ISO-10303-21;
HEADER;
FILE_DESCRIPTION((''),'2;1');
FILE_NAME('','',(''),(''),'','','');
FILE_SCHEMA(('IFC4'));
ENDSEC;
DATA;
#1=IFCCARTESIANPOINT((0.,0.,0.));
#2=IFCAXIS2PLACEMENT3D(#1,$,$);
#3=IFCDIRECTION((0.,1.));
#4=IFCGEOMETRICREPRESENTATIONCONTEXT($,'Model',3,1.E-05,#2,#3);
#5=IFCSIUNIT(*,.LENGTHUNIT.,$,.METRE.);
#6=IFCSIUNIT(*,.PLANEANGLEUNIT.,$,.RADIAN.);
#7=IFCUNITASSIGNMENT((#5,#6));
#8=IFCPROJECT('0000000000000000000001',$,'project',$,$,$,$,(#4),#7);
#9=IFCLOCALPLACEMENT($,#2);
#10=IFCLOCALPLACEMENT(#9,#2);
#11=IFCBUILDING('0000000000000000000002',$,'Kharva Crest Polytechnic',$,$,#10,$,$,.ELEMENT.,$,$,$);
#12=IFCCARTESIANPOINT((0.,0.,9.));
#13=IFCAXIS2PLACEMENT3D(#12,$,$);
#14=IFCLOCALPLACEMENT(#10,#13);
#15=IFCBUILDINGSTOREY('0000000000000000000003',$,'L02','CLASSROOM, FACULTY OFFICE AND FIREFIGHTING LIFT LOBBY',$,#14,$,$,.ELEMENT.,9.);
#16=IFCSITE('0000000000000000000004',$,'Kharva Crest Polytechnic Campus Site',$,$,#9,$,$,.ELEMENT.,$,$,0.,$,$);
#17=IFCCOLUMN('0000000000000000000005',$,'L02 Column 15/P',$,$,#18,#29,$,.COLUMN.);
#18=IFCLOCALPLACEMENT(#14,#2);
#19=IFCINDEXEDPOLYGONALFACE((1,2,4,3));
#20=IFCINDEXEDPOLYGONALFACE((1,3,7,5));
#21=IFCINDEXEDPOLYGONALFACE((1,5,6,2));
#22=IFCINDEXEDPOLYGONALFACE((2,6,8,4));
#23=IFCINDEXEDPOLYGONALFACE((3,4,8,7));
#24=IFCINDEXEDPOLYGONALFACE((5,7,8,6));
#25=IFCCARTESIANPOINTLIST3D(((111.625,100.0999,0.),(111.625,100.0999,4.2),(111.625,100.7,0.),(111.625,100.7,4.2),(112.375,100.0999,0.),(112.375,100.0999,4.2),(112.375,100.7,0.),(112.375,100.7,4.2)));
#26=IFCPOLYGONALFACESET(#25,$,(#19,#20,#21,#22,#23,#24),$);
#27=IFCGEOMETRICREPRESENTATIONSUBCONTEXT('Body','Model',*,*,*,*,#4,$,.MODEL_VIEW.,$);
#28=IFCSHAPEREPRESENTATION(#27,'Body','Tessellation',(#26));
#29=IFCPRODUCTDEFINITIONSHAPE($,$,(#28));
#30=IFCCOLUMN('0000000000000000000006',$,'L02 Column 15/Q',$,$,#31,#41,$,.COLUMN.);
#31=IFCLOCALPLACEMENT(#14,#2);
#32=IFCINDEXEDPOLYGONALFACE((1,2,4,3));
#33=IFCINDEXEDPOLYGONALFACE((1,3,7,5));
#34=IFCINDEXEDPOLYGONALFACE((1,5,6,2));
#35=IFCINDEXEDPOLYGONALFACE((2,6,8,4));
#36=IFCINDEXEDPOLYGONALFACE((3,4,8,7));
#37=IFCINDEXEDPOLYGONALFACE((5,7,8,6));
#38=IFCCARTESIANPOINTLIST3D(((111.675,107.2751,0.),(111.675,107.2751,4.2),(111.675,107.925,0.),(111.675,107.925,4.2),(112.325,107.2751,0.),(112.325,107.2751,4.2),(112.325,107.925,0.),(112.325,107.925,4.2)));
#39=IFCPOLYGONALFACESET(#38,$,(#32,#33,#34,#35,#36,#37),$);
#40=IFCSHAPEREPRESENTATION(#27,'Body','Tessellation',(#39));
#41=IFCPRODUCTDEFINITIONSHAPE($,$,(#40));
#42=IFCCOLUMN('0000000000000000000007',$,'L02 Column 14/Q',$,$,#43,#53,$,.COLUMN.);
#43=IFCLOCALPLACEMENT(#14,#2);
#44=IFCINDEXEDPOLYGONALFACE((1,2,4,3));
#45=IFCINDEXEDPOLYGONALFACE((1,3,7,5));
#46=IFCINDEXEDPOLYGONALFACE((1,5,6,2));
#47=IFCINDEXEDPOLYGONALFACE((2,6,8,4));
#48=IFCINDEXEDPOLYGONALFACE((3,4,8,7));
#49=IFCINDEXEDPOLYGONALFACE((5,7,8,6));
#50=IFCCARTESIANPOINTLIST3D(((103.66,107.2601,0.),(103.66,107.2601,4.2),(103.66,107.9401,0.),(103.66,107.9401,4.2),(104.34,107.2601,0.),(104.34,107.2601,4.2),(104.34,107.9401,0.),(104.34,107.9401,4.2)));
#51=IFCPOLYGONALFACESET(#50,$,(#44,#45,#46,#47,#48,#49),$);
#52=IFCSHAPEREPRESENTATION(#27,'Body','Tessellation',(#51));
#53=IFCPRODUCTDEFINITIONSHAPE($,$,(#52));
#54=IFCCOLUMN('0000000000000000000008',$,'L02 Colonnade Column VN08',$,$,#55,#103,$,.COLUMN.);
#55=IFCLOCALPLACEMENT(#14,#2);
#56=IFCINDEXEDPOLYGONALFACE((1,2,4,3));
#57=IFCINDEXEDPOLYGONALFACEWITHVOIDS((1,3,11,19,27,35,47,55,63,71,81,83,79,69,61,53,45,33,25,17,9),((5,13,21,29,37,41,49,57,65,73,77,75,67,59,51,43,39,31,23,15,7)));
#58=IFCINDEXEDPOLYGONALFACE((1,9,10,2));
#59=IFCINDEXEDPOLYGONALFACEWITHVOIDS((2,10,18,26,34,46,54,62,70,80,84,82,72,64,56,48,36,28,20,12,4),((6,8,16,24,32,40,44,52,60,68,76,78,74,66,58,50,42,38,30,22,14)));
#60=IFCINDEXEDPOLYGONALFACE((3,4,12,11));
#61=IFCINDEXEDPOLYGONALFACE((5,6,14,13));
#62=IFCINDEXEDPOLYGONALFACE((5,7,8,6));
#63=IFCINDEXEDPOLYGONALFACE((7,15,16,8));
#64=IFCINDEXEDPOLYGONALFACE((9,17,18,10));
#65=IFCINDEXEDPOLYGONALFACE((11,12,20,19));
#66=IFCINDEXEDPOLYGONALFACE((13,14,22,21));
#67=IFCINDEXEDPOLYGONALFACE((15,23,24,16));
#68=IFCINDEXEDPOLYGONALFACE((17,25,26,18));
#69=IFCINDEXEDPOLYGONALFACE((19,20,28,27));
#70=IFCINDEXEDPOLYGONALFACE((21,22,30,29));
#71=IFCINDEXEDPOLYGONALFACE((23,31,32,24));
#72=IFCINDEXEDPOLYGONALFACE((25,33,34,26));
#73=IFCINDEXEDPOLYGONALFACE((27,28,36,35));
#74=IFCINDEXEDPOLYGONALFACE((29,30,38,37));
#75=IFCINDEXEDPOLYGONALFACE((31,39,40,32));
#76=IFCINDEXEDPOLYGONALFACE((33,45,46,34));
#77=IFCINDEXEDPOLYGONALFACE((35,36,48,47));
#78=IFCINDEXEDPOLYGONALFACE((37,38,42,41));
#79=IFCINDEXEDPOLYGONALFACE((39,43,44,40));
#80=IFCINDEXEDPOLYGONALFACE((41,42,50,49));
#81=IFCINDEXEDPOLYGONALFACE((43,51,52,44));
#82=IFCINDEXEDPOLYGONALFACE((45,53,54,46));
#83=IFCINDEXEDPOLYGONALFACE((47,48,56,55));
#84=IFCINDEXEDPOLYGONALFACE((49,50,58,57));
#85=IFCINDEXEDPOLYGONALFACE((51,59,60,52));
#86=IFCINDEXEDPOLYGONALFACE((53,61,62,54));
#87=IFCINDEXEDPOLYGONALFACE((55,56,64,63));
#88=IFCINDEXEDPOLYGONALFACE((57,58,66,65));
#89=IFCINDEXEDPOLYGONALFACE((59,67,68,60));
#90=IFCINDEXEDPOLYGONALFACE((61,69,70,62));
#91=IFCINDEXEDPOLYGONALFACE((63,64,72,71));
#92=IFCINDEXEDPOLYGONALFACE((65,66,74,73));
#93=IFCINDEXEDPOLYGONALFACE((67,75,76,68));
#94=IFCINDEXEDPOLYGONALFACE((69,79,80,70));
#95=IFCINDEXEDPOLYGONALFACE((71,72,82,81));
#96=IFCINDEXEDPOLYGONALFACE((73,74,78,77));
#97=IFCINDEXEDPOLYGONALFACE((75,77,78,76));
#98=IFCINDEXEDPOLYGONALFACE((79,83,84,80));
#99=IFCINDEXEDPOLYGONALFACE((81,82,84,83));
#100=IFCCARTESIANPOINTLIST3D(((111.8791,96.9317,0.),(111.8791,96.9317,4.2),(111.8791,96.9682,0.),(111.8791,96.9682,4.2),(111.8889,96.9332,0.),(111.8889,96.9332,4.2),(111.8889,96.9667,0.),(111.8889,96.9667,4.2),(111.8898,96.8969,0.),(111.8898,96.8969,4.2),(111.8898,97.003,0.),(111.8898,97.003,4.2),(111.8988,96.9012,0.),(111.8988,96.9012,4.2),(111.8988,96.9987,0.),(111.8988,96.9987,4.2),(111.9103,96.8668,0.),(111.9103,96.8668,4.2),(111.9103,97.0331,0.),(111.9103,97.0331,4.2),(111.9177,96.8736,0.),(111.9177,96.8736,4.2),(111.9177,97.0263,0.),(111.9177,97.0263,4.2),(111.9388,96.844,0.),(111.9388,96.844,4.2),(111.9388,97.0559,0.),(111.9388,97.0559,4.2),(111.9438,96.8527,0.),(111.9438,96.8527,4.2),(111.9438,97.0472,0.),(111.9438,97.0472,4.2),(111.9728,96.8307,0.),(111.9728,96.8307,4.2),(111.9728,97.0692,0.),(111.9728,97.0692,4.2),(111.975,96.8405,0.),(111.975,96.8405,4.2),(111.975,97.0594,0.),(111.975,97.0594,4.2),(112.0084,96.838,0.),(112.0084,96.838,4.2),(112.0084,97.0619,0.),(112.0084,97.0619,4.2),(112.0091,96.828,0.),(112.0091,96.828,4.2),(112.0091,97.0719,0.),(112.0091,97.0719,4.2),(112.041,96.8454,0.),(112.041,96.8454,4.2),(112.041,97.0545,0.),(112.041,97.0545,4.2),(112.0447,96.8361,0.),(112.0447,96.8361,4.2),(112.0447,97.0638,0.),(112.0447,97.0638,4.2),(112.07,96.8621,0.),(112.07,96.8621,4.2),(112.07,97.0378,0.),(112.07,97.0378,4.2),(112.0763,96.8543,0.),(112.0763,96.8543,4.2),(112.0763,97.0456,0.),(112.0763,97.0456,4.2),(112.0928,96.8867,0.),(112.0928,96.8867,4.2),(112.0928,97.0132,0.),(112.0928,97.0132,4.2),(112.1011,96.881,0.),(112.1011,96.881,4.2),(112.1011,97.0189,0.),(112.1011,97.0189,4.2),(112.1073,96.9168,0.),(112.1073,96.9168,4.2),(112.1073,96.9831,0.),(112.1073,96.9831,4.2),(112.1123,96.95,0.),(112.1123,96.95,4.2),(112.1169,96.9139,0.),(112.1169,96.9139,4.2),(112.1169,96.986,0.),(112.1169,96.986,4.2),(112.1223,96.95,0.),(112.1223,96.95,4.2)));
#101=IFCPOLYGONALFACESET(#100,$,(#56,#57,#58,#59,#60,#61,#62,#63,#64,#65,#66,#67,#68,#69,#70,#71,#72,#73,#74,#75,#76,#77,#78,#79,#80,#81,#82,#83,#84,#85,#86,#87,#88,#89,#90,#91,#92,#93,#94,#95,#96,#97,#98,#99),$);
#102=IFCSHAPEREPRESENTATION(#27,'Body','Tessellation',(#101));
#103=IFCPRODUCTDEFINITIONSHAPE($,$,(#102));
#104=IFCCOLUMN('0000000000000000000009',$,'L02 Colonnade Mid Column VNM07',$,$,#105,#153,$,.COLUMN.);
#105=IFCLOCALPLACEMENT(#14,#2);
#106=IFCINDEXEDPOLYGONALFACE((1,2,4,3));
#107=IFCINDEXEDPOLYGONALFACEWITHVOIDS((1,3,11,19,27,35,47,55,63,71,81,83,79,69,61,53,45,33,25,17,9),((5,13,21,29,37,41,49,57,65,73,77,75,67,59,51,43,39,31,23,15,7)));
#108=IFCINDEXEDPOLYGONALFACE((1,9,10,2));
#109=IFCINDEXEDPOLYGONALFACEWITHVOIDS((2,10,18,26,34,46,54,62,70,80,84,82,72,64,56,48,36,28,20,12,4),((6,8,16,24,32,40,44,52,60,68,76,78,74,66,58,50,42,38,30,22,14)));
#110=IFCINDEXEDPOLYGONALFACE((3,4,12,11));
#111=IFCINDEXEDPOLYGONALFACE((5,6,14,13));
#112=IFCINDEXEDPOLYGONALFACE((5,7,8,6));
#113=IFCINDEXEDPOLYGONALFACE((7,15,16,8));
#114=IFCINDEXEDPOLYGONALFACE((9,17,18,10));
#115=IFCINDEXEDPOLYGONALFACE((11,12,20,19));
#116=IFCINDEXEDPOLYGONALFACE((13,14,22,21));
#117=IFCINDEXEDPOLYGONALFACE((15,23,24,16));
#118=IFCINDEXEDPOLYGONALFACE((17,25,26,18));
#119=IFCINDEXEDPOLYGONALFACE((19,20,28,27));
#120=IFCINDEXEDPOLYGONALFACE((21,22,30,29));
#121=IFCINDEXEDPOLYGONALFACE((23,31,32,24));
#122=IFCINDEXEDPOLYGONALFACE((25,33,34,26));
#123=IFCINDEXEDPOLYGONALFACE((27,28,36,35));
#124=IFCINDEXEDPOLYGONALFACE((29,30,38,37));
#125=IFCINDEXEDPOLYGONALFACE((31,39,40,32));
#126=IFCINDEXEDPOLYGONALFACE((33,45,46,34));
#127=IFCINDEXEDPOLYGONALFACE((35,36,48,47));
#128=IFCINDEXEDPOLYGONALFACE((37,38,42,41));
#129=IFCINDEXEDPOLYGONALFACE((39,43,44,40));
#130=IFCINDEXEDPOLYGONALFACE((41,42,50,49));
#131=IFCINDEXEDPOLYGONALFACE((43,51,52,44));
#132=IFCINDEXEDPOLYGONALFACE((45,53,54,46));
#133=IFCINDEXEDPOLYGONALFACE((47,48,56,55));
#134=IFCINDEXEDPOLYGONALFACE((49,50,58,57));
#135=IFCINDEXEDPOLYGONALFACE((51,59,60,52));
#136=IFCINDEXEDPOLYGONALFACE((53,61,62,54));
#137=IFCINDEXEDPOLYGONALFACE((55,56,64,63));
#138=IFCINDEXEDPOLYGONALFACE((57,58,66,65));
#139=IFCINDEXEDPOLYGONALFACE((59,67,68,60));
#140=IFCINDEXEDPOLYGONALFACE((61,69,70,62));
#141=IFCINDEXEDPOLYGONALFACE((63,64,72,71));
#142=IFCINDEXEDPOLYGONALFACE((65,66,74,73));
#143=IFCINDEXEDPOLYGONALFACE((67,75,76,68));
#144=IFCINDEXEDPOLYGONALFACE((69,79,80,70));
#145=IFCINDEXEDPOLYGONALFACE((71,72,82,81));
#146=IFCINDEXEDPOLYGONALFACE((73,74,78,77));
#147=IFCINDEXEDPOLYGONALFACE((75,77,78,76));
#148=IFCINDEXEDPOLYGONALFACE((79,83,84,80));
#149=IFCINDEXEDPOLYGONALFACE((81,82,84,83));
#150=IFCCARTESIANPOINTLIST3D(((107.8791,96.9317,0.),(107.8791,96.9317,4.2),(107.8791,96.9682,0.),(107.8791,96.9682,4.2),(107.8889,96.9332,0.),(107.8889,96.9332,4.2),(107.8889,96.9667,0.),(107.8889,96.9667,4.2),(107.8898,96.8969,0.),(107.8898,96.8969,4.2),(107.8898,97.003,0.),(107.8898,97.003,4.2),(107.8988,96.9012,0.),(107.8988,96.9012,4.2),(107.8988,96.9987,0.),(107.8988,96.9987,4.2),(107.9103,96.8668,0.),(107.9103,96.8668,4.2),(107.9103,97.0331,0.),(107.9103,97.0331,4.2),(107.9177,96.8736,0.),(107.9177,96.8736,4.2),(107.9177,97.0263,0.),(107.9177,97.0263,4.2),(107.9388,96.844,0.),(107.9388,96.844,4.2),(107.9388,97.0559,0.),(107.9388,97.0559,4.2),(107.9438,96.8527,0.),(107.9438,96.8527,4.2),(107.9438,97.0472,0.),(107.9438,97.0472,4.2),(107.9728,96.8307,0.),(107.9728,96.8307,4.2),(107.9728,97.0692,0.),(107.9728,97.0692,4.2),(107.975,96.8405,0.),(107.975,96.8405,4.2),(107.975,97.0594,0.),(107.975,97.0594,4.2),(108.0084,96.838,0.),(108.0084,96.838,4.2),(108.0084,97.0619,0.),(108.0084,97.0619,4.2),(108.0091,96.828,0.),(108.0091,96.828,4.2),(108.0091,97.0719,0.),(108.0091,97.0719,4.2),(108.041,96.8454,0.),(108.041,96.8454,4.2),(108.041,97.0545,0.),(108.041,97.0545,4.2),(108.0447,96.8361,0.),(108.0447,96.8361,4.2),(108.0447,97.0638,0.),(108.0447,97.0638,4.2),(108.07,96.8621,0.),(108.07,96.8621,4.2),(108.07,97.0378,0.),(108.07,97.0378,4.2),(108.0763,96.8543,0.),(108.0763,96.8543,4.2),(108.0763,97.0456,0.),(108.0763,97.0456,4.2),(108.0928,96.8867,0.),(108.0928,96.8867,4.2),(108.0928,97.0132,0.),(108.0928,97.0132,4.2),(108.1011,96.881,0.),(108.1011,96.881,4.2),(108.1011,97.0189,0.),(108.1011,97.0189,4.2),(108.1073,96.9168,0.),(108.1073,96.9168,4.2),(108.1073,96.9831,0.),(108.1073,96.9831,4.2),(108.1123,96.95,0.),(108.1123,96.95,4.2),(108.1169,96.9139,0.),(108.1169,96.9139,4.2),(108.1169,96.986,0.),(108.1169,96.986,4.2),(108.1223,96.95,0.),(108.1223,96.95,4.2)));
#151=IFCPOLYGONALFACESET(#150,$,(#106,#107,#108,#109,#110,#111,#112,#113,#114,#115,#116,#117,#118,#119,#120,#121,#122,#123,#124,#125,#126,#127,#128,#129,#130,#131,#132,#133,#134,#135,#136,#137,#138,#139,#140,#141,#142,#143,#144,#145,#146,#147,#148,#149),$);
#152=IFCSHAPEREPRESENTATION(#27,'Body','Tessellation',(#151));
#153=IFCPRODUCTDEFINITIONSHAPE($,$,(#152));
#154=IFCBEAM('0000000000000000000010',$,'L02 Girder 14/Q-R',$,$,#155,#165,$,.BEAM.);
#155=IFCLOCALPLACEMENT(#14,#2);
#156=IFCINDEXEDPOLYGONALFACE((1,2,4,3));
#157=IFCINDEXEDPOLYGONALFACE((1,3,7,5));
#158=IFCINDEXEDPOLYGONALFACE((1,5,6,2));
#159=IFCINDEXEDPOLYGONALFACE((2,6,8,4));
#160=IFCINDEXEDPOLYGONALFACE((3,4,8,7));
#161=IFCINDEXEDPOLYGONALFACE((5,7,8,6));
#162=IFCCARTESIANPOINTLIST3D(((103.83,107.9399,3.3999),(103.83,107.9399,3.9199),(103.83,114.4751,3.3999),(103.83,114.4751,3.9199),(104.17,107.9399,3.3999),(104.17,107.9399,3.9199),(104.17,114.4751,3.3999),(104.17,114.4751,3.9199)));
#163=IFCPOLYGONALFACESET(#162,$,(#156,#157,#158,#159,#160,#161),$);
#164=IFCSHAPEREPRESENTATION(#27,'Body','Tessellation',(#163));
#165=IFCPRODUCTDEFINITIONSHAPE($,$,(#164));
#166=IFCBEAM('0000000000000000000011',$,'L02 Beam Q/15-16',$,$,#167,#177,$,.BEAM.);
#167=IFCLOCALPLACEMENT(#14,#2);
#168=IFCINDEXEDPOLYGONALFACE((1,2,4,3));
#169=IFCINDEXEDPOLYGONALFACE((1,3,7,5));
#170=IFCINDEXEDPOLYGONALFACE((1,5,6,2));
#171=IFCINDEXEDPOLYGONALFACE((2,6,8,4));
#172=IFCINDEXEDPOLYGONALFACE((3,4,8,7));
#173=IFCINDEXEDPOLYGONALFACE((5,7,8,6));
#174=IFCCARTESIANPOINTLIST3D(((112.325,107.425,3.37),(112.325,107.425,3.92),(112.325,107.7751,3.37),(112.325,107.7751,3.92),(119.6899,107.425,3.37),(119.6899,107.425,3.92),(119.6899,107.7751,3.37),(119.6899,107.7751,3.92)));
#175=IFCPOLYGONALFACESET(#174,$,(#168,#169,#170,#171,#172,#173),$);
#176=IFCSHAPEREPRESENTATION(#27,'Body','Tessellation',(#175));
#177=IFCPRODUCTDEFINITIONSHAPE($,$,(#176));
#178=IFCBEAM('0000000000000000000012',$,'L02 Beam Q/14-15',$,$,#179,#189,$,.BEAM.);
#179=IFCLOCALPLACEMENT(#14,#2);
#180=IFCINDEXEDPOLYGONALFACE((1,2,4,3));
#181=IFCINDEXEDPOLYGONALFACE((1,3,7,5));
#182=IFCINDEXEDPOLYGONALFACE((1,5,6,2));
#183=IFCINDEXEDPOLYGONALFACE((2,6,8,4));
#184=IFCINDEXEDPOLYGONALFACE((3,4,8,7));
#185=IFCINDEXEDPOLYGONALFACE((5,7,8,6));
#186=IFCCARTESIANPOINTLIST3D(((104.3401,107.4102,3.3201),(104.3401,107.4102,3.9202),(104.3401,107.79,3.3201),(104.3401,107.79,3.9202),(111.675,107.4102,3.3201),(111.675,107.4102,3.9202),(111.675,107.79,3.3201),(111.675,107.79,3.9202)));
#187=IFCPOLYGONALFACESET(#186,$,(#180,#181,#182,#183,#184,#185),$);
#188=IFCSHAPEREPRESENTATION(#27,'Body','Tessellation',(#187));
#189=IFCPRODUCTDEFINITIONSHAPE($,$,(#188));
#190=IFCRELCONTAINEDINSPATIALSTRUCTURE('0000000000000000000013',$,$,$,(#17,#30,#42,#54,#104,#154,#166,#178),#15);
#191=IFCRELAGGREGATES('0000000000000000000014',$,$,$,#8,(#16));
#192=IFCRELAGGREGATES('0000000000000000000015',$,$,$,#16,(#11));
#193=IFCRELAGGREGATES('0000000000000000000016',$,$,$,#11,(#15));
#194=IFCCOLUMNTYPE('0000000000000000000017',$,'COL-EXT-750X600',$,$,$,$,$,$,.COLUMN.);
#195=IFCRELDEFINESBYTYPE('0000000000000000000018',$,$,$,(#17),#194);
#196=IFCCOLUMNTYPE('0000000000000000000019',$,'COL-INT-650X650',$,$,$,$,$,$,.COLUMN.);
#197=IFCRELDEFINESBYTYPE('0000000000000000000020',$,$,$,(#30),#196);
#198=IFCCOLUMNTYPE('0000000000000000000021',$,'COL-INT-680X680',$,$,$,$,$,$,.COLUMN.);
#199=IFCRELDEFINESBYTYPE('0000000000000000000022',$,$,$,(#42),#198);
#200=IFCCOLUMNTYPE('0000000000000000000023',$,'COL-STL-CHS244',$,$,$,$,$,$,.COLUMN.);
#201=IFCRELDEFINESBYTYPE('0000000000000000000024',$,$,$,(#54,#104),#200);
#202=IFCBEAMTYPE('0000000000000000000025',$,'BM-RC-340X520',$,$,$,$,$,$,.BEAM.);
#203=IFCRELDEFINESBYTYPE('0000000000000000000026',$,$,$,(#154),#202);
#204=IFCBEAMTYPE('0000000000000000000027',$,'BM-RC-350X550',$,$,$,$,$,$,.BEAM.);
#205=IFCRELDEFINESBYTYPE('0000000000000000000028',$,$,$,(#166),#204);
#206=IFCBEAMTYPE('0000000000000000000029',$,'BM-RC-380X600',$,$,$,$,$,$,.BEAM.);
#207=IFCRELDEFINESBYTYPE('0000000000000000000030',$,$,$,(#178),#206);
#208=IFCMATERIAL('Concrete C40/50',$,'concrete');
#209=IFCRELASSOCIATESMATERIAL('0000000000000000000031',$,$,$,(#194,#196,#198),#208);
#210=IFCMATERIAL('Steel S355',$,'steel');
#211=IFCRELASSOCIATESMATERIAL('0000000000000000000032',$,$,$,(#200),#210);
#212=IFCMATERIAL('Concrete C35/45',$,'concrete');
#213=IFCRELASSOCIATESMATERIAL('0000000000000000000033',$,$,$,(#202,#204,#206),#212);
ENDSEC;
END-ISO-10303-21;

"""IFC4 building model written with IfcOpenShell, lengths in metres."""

from ifc_helpers import new_model, si_unit, direction, frame, origin, origin_2d, place, context, subcontext, project, spatial, rectangle, hollow_circle, extrude, material, material_profile, profile_set, type_object, element, save


model = new_model("IFC4")

# Units and contexts
model_context = context("Model", 3, precision=1e-05, world=origin(), true_north=direction((0.0, 1.0)))
body_context = subcontext(model_context, "Body", "Model", "MODEL_VIEW")
ifc_project = project(units=[si_unit("LENGTHUNIT", "METRE"), si_unit("PLANEANGLEUNIT", "RADIAN")], contexts=[model_context])

# Site, building, storey
site_placement = place(None, origin())
site = spatial("IfcSite", under=ifc_project, at=site_placement, Name="Kharva Crest Polytechnic Campus Site", CompositionType="ELEMENT", RefElevation=0.0)
building_placement = place(site_placement, origin())
building = spatial("IfcBuilding", under=site, at=building_placement, Name="Kharva Crest Polytechnic", CompositionType="ELEMENT")
storey_placement = place(building_placement, frame((0.0, 0.0, 9.0)))
storey = spatial("IfcBuildingStorey", under=building, at=storey_placement, Name="L02", Description="CLASSROOM, FACULTY OFFICE AND FIREFIGHTING LIFT LOBBY", CompositionType="ELEMENT", Elevation=9.0)

# Columns
ifc_material_1 = material(Name="Concrete C40/50", Category="concrete")
ifc_material_profile_1 = material_profile(ifc_material_1, rectangle(XDim=0.75, YDim=0.6001, at=origin_2d()), Name="RECT 750 X 600")
ifc_profile_set_1 = profile_set([ifc_material_profile_1], Name="Concrete C40/50")
column_type_1 = type_object("IfcColumnType", Name="COL-EXT-750X600", PredefinedType="COLUMN", material=ifc_profile_set_1)
column_1_placement = place(storey_placement, frame((112.0, 100.3999, 0.0), z_axis=(0.0, 0.0, 1.0), x_axis=(1.0, 0.0, 0.0)))
element("IfcColumn", 1, at=column_1_placement, inside=storey, type_object=column_type_1, Name="L02 Column 15/P", PredefinedType="COLUMN", context=body_context, shape_type="SweptSolid", body=[
    extrude(rectangle(XDim=0.75, YDim=0.6001, at=origin_2d()), origin(), (0.0, 0.0, 1.0), 4.2),
])
ifc_material_profile_2 = material_profile(ifc_material_1, rectangle(XDim=0.6499, YDim=0.6499, at=origin_2d()), Name="RECT 650 X 650")
ifc_profile_set_2 = profile_set([ifc_material_profile_2], Name="Concrete C40/50")
column_type_2 = type_object("IfcColumnType", Name="COL-INT-650X650", PredefinedType="COLUMN", material=ifc_profile_set_2)
column_2_placement = place(storey_placement, frame((112.0, 107.6001, 0.0), z_axis=(0.0, 0.0, 1.0), x_axis=(1.0, 0.0, 0.0)))
element("IfcColumn", 2, at=column_2_placement, inside=storey, type_object=column_type_2, Name="L02 Column 15/Q", PredefinedType="COLUMN", context=body_context, shape_type="SweptSolid", body=[
    extrude(rectangle(XDim=0.6499, YDim=0.6499, at=origin_2d()), origin(), (0.0, 0.0, 1.0), 4.2),
])
ifc_material_profile_3 = material_profile(ifc_material_1, rectangle(XDim=0.6799, YDim=0.6799, at=origin_2d()), Name="RECT 680 X 680")
ifc_profile_set_3 = profile_set([ifc_material_profile_3], Name="Concrete C40/50")
column_type_3 = type_object("IfcColumnType", Name="COL-INT-680X680", PredefinedType="COLUMN", material=ifc_profile_set_3)
column_3_placement = place(storey_placement, frame((104.0, 107.6001, 0.0), z_axis=(0.0, 0.0, 1.0), x_axis=(1.0, 0.0, 0.0)))
element("IfcColumn", 3, at=column_3_placement, inside=storey, type_object=column_type_3, Name="L02 Column 14/Q", PredefinedType="COLUMN", context=body_context, shape_type="SweptSolid", body=[
    extrude(rectangle(XDim=0.6799, YDim=0.6799, at=origin_2d()), origin(), (0.0, 0.0, 1.0), 4.2),
])
ifc_material_2 = material(Name="Steel S355", Category="steel")
ifc_material_profile_4 = material_profile(ifc_material_2, hollow_circle(Radius=0.1223, WallThickness=0.01, at=origin_2d()), Name="CHS 244.5X10.0")
ifc_profile_set_4 = profile_set([ifc_material_profile_4], Name="Steel S355")
column_type_4 = type_object("IfcColumnType", Name="COL-STL-CHS244", PredefinedType="COLUMN", material=ifc_profile_set_4)
for number, where, z_axis, x_axis, name in (
    (4, (112.0, 96.95, 0.0), (0.0, 0.0, 1.0), (1.0, 0.0, 0.0), "L02 Colonnade Column VN08"),
    (5, (108.0, 96.95, 0.0), (0.0, 0.0, 1.0), (1.0, 0.0, 0.0), "L02 Colonnade Mid Column VNM07"),
):
    element("IfcColumn", number, at=place(storey_placement, frame(where, z_axis=z_axis, x_axis=x_axis)), inside=storey, type_object=column_type_4, Name=name, PredefinedType="COLUMN", context=body_context, shape_type="SweptSolid", body=[
        extrude(hollow_circle(Radius=0.1223, WallThickness=0.01, at=origin_2d()), origin(), (0.0, 0.0, 1.0), 4.2),
    ])

# Beams
ifc_material_3 = material(Name="Concrete C35/45", Category="concrete")
ifc_material_profile_5 = material_profile(ifc_material_3, rectangle(XDim=0.3401, YDim=0.52, at=origin_2d()), Name="RECT 340 X 520")
ifc_profile_set_5 = profile_set([ifc_material_profile_5], Name="Concrete C35/45")
beam_type_1 = type_object("IfcBeamType", Name="BM-RC-340X520", PredefinedType="BEAM", material=ifc_profile_set_5)
beam_1_placement = place(storey_placement, frame((104.0, 107.9399, 3.6599), z_axis=(0.0, 1.0, 0.0), x_axis=(-1.0, 0.0, 0.0)))
element("IfcBeam", 6, at=beam_1_placement, inside=storey, type_object=beam_type_1, Name="L02 Girder 14/Q-R", PredefinedType="BEAM", context=body_context, shape_type="SweptSolid", body=[
    extrude(rectangle(XDim=0.3401, YDim=0.52, at=origin_2d()), origin(), (0.0, 0.0, 1.0), 6.5352),
])
ifc_material_profile_6 = material_profile(ifc_material_3, rectangle(XDim=0.3501, YDim=0.55, at=origin_2d()), Name="RECT 350 X 550")
ifc_profile_set_6 = profile_set([ifc_material_profile_6], Name="Concrete C35/45")
beam_type_2 = type_object("IfcBeamType", Name="BM-RC-350X550", PredefinedType="BEAM", material=ifc_profile_set_6)
beam_2_placement = place(storey_placement, frame((112.325, 107.6001, 3.645), z_axis=(1.0, 0.0, 0.0), x_axis=(0.0, 1.0, 0.0)))
element("IfcBeam", 7, at=beam_2_placement, inside=storey, type_object=beam_type_2, Name="L02 Beam Q/15-16", PredefinedType="BEAM", context=body_context, shape_type="SweptSolid", body=[
    extrude(rectangle(XDim=0.3501, YDim=0.55, at=origin_2d()), origin(), (0.0, 0.0, 1.0), 7.365),
])
ifc_material_profile_7 = material_profile(ifc_material_3, rectangle(XDim=0.3799, YDim=0.6001, at=origin_2d()), Name="RECT 380 X 600")
ifc_profile_set_7 = profile_set([ifc_material_profile_7], Name="Concrete C35/45")
beam_type_3 = type_object("IfcBeamType", Name="BM-RC-380X600", PredefinedType="BEAM", material=ifc_profile_set_7)
beam_3_placement = place(storey_placement, frame((104.3401, 107.6001, 3.6201), z_axis=(1.0, 0.0, 0.0), x_axis=(0.0, 1.0, 0.0)))
element("IfcBeam", 8, at=beam_3_placement, inside=storey, type_object=beam_type_3, Name="L02 Beam Q/14-15", PredefinedType="BEAM", context=body_context, shape_type="SweptSolid", body=[
    extrude(rectangle(XDim=0.3799, YDim=0.6001, at=origin_2d()), origin(), (0.0, 0.0, 1.0), 7.335),
])

save(model, "model.ifc")
